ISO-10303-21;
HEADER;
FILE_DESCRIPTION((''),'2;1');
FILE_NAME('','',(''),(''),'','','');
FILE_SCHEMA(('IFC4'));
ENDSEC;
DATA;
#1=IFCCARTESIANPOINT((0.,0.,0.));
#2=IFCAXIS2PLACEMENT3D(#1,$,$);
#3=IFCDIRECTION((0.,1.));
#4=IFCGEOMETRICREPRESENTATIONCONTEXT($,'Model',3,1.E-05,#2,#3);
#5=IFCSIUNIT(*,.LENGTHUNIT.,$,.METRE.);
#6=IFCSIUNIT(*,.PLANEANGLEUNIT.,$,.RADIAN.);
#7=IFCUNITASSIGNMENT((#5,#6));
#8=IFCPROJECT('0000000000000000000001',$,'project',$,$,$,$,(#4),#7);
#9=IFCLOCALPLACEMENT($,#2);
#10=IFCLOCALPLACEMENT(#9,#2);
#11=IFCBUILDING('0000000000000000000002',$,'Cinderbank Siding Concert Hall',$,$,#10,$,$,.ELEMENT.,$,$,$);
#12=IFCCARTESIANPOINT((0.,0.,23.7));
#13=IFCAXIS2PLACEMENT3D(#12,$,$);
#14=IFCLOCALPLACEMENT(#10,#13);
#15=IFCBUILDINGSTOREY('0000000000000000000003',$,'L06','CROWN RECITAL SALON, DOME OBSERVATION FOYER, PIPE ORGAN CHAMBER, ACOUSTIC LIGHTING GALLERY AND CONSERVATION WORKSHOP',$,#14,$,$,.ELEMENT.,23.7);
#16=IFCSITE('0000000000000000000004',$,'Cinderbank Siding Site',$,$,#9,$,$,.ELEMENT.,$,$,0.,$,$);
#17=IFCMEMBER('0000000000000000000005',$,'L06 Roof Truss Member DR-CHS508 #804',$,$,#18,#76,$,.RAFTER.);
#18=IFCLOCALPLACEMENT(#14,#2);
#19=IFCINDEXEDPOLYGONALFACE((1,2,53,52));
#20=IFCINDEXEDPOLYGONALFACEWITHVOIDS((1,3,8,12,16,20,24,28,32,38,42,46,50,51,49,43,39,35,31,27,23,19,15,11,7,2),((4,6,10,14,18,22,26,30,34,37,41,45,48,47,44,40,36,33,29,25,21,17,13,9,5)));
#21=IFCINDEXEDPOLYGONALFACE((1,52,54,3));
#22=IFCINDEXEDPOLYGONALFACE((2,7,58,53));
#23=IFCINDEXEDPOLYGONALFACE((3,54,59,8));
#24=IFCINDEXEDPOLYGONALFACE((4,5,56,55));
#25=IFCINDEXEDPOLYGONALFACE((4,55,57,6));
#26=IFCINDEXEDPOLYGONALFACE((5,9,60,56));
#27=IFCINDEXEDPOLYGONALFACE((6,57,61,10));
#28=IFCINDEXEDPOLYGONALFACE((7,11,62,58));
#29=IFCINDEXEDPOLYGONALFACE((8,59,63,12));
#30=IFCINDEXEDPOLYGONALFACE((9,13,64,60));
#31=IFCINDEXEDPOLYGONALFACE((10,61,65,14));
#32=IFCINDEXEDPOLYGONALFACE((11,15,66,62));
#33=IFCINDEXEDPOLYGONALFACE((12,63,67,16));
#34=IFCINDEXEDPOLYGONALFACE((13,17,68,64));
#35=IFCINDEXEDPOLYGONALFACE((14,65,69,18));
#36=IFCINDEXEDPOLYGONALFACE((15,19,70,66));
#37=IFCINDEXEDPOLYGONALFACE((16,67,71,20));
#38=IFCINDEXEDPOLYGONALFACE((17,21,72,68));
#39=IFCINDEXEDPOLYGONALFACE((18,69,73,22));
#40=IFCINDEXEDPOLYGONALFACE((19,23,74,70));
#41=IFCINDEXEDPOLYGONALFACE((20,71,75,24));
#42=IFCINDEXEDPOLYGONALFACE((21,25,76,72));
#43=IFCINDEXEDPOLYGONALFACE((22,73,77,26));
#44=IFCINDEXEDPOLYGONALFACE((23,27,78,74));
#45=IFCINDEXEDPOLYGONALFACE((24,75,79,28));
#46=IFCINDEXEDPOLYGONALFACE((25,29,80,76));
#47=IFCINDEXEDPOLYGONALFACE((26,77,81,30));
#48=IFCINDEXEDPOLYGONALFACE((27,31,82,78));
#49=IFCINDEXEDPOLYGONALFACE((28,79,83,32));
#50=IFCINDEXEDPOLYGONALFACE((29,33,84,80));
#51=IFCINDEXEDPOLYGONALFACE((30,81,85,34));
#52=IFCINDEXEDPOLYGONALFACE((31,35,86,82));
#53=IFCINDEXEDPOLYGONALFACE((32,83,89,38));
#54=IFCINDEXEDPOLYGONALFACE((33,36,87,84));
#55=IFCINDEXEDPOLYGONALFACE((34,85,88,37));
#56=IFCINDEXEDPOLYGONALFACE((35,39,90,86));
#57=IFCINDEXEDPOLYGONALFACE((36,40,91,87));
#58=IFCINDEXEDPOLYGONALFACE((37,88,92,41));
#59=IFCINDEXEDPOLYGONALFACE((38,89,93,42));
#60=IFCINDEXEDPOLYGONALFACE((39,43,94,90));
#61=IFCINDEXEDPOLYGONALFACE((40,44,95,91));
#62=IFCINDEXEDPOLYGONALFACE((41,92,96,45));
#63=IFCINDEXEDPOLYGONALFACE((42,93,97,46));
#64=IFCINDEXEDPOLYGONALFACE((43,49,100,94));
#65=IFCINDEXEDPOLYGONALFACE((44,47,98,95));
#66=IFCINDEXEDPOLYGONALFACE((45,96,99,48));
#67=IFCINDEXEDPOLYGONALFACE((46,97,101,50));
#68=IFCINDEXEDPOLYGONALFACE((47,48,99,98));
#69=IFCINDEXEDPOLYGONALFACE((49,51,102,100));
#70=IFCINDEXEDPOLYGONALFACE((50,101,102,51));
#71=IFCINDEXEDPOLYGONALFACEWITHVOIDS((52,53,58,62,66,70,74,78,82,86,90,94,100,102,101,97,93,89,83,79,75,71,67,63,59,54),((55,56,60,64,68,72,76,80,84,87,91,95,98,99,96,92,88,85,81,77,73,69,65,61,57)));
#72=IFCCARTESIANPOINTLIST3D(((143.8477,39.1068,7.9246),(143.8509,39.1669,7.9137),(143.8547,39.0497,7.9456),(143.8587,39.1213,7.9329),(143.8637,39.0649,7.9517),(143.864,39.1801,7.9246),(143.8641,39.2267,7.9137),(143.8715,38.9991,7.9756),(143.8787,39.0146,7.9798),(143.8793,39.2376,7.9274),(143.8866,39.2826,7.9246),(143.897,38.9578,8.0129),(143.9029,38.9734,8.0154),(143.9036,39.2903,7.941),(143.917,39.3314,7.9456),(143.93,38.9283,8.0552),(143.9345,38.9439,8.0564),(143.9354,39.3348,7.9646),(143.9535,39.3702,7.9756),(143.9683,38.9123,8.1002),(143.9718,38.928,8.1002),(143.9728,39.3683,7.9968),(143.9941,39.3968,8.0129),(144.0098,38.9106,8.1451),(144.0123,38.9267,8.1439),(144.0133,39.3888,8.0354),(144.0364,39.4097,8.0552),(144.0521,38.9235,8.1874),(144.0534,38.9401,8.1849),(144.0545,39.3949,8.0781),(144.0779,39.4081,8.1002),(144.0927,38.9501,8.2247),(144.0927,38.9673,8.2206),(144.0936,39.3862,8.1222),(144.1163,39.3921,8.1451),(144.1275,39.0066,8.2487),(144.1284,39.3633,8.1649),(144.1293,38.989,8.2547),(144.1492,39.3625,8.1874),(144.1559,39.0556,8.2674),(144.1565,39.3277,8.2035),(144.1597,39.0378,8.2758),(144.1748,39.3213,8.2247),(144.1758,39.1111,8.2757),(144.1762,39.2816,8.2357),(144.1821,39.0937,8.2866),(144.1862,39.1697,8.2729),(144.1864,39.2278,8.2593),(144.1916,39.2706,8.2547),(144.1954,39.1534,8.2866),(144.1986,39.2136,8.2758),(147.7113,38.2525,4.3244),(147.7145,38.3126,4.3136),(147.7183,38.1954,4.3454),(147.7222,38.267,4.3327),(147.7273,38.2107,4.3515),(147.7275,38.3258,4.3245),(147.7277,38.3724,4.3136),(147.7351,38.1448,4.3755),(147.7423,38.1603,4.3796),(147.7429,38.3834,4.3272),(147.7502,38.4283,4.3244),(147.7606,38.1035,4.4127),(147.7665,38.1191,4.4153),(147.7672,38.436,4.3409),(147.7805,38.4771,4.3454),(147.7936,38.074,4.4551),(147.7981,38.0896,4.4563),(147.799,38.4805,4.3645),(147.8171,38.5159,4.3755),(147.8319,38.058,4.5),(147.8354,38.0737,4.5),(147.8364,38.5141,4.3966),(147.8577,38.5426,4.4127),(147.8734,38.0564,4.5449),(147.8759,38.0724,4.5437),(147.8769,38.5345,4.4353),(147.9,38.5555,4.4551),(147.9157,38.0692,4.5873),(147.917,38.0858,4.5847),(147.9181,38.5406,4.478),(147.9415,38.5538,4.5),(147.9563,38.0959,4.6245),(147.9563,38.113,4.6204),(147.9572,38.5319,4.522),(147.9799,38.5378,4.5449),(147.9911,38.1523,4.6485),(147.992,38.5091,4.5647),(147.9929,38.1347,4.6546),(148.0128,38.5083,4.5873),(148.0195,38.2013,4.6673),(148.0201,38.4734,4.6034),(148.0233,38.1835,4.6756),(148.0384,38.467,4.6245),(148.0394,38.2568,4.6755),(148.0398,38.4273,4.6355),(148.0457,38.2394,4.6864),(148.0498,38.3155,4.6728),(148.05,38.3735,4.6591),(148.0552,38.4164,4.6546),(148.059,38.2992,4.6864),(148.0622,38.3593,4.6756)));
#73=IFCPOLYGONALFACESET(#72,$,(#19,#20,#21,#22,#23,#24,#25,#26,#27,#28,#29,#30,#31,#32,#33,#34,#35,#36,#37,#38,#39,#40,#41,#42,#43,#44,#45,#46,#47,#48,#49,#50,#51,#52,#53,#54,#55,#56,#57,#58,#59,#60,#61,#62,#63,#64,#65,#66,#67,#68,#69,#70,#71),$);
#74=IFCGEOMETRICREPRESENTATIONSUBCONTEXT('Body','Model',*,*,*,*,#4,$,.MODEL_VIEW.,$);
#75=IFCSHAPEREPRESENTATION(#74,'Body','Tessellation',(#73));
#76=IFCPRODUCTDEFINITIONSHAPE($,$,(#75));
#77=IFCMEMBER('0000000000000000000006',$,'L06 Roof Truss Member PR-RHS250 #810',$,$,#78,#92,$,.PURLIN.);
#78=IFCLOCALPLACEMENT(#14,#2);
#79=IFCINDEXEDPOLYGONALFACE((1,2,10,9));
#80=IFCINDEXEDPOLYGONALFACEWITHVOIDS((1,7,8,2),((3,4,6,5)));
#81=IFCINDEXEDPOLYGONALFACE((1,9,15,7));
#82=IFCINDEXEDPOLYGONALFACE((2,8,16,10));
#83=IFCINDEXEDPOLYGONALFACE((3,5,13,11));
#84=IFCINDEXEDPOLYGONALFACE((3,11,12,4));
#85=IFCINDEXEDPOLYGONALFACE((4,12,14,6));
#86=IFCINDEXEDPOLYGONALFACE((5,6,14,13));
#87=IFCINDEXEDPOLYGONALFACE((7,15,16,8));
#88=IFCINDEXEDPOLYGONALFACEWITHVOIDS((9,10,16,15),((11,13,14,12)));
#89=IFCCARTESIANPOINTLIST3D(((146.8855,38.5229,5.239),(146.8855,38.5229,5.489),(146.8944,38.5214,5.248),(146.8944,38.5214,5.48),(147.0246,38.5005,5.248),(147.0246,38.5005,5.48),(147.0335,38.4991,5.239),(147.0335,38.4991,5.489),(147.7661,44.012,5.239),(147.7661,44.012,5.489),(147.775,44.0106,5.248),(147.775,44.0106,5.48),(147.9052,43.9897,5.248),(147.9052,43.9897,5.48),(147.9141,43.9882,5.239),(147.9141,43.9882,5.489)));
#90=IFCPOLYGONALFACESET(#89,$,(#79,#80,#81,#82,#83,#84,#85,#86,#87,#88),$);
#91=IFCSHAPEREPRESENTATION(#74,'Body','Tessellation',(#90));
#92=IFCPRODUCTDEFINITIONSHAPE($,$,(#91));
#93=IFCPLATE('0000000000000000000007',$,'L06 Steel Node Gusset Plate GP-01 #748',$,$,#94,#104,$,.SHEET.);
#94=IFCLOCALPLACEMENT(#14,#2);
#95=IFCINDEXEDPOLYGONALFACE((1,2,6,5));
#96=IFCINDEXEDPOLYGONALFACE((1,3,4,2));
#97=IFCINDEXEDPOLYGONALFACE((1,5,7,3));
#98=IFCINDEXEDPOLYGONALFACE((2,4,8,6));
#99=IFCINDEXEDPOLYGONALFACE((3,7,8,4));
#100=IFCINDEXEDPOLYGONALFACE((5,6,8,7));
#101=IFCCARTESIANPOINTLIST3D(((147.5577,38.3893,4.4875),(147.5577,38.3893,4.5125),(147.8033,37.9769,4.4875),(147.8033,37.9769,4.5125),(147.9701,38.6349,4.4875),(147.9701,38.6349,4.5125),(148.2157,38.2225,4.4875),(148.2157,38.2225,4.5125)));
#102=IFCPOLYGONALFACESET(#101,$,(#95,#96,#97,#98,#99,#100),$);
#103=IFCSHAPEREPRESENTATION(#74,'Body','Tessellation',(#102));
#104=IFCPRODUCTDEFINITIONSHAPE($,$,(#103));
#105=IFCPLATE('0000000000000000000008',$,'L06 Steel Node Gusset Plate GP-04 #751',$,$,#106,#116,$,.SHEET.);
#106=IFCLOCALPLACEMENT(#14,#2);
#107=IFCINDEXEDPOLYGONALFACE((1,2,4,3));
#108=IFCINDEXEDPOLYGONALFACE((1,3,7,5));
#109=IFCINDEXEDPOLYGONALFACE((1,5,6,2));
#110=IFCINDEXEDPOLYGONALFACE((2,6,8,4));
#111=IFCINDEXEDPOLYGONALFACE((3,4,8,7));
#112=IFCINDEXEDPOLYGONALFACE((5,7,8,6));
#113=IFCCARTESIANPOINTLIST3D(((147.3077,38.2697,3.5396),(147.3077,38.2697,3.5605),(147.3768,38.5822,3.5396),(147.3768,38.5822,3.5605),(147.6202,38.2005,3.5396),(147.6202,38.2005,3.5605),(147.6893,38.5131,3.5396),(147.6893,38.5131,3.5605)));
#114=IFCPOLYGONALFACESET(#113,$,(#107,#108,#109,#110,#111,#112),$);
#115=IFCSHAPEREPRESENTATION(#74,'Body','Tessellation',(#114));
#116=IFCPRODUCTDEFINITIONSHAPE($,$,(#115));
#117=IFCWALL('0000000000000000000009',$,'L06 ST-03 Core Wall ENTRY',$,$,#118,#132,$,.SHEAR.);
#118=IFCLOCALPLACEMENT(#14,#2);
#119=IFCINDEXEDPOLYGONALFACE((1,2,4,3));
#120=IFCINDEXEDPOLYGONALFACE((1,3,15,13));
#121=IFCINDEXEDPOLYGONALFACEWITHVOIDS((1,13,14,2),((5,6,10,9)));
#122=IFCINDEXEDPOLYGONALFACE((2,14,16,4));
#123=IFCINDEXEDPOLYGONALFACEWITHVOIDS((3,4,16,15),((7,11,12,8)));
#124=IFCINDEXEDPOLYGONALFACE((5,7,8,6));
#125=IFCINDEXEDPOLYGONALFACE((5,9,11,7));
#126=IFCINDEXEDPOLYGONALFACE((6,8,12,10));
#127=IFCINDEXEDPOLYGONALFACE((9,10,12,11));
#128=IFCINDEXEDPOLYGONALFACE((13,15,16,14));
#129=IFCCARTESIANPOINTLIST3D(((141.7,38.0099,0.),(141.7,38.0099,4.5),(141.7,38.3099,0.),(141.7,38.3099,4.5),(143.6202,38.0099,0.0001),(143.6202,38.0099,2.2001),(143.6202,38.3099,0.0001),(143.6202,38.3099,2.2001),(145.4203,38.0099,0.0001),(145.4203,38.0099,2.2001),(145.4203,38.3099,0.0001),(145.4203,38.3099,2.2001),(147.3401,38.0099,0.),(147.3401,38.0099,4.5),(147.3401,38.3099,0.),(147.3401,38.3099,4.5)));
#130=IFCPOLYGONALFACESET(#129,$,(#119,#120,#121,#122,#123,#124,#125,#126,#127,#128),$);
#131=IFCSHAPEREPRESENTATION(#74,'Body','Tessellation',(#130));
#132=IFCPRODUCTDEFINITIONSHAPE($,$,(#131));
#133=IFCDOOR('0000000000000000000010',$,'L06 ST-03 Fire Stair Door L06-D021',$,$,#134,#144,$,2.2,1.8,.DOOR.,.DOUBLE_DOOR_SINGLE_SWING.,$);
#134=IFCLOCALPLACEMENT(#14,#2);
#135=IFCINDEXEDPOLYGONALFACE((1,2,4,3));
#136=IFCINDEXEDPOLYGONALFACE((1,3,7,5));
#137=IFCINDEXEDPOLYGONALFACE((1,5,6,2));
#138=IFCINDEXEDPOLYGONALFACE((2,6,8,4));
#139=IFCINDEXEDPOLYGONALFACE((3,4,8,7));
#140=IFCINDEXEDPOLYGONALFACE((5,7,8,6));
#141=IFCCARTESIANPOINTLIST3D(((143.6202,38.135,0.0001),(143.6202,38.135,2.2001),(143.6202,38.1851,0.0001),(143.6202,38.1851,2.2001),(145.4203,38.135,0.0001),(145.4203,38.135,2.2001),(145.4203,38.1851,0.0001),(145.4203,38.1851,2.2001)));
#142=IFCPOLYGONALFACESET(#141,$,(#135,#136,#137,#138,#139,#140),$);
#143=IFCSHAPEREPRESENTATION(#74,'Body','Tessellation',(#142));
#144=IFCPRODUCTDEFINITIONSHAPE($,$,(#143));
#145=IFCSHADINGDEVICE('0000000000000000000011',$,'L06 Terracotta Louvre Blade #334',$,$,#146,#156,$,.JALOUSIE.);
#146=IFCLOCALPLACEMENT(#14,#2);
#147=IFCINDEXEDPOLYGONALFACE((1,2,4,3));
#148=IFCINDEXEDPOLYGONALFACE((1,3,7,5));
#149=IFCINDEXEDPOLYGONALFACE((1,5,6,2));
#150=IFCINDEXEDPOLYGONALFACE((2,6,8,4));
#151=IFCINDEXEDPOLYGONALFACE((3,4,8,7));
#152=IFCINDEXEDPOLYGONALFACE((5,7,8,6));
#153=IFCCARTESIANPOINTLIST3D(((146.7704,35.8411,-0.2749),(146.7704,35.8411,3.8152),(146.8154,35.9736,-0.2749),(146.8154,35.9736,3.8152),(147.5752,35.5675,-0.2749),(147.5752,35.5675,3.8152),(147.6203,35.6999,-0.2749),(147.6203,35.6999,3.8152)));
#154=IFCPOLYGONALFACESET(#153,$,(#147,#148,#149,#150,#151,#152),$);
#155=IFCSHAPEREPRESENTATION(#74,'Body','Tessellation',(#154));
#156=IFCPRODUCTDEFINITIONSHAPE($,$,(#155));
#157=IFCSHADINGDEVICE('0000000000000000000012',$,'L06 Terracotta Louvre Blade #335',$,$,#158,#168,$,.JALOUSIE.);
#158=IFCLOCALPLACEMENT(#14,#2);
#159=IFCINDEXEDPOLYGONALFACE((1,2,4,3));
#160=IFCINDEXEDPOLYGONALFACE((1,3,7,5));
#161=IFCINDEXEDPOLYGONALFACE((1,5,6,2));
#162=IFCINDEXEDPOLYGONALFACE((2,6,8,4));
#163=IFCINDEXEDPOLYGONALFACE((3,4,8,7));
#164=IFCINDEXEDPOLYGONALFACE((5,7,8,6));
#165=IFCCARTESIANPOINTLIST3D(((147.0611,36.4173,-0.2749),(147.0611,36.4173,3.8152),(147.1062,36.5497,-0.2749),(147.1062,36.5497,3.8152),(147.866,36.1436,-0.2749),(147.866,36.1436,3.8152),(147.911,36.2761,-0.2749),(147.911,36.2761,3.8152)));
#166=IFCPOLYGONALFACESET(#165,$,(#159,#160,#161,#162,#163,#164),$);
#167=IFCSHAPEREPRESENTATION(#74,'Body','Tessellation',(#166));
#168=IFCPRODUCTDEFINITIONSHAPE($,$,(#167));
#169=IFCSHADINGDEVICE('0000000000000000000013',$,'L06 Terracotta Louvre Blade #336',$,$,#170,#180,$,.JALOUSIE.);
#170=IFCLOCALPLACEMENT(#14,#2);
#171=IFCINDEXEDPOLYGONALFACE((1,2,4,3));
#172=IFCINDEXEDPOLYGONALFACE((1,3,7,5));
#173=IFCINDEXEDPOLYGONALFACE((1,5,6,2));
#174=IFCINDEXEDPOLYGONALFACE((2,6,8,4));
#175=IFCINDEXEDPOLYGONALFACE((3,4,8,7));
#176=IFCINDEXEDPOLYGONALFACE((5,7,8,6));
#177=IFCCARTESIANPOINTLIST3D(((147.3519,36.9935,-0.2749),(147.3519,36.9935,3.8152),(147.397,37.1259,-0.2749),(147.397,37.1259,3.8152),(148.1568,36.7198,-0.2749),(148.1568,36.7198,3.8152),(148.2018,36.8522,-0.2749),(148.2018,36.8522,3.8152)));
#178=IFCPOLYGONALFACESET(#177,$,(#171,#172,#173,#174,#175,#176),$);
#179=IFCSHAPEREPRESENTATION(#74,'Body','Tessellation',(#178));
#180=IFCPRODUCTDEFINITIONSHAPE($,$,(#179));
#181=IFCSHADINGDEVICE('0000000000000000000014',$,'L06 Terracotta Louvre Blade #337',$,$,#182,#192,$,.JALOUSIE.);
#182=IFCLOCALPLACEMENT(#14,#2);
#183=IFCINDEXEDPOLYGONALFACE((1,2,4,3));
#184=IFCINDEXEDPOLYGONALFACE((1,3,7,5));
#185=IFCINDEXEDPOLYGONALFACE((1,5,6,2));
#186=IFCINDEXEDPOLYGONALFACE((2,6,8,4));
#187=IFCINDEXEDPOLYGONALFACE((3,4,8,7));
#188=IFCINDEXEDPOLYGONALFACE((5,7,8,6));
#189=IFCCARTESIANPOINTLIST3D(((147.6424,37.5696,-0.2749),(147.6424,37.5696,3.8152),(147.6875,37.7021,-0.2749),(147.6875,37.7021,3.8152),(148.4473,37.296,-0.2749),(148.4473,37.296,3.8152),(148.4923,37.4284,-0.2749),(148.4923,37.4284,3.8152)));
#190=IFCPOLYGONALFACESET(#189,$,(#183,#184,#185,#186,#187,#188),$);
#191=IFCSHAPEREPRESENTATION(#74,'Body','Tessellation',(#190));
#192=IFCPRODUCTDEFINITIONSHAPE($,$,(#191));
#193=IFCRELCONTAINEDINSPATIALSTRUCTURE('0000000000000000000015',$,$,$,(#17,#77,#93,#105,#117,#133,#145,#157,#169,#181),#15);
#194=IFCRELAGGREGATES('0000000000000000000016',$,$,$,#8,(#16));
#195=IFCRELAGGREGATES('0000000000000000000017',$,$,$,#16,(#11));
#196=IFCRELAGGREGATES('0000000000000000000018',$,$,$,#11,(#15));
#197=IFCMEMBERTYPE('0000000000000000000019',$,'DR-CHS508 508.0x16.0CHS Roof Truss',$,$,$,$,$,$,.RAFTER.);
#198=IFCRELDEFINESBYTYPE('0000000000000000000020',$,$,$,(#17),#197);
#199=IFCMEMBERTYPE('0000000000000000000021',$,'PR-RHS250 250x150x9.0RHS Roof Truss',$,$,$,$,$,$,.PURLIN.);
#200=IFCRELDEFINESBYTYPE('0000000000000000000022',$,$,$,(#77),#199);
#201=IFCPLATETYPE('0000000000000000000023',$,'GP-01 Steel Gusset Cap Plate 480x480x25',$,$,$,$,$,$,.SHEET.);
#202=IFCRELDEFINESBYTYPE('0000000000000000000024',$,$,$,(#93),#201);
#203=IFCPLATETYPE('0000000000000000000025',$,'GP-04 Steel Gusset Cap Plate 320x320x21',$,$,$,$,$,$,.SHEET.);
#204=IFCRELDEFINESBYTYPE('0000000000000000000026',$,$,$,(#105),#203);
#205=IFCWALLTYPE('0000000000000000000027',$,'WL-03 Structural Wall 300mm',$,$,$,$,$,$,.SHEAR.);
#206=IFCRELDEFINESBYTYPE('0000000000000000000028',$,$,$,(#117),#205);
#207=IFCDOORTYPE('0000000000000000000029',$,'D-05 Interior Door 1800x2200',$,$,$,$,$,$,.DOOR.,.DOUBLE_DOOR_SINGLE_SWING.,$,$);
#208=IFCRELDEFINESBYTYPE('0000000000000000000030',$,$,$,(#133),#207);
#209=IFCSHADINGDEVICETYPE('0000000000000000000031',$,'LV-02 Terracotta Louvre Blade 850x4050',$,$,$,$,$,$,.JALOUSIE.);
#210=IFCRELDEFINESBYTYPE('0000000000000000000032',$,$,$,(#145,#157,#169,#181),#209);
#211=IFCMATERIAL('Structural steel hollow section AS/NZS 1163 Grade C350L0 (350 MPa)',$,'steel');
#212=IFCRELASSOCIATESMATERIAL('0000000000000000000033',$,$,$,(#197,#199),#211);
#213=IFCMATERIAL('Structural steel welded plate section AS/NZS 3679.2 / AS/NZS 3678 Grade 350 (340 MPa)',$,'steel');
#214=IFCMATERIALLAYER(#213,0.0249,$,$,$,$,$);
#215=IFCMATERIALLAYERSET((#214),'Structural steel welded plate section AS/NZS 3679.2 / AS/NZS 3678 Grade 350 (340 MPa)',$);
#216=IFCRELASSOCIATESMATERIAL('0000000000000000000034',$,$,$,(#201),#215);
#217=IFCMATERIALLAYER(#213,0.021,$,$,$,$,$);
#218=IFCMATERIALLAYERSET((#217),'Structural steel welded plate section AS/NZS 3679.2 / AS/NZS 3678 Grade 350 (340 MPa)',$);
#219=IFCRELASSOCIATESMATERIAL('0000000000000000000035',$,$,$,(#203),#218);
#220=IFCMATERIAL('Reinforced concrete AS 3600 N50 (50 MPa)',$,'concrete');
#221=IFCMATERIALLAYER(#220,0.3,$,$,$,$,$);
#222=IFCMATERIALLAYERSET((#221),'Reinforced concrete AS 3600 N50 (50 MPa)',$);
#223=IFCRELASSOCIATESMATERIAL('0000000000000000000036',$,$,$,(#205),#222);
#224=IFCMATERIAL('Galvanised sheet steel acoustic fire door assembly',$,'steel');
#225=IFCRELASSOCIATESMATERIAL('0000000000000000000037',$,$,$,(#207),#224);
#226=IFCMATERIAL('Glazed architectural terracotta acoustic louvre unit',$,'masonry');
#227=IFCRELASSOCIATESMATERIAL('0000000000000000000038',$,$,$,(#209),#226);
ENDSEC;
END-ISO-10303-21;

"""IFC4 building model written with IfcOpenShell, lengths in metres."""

from ifc_helpers import new_model, si_unit, direction, frame, frame_2d, origin, origin_2d, place, context, subcontext, project, spatial, rectangle, hollow_rectangle, hollow_circle, extrude, material, layer, layer_set, material_profile, profile_set, type_object, element, fill, save


model = new_model("IFC4")

# Units and contexts
model_context = context("Model", 3, precision=1e-05, world=origin(), true_north=direction((0.0, 1.0)))
body_context = subcontext(model_context, "Body", "Model", "MODEL_VIEW")
ifc_project = project(units=[si_unit("LENGTHUNIT", "METRE"), si_unit("PLANEANGLEUNIT", "RADIAN")], contexts=[model_context])

# Site, building, storey
site_placement = place(None, origin())
site = spatial("IfcSite", under=ifc_project, at=site_placement, Name="Cinderbank Siding Site", CompositionType="ELEMENT", RefElevation=0.0)
building_placement = place(site_placement, origin())
building = spatial("IfcBuilding", under=site, at=building_placement, Name="Cinderbank Siding Concert Hall", CompositionType="ELEMENT")
storey_placement = place(building_placement, frame((0.0, 0.0, 23.7)))
storey = spatial("IfcBuildingStorey", under=building, at=storey_placement, Name="L06", Description="CROWN RECITAL SALON, DOME OBSERVATION FOYER, PIPE ORGAN CHAMBER, ACOUSTIC LIGHTING GALLERY AND CONSERVATION WORKSHOP", CompositionType="ELEMENT", Elevation=23.7)

# Shared definitions
ifc_material_1 = material(Name="Reinforced concrete AS 3600 N50 (50 MPa)", Category="concrete")

# Members
ifc_material_2 = material(Name="Structural steel hollow section AS/NZS 1163 Grade C350L0 (350 MPa)", Category="steel")
ifc_material_profile_1 = material_profile(ifc_material_2, hollow_circle(Radius=0.2539, WallThickness=0.0161, at=origin_2d()), Name="508.0x16.0CHS", Category="LoadBearing")
ifc_profile_set_1 = profile_set([ifc_material_profile_1], Name="Structural steel hollow section AS/NZS 1163 Grade C350L0 (350 MPa)")
member_type_1 = type_object("IfcMemberType", Name="DR-CHS508 508.0x16.0CHS Roof Truss", PredefinedType="RAFTER", material=ifc_profile_set_1)
member_1_placement = place(storey_placement, frame((147.8867, 38.3059, 4.5), z_axis=(-0.72222, 0.159687, 0.672977), x_axis=(-0.215892, -0.976417, 0.0)))
element("IfcMember", 1, at=member_1_placement, inside=storey, type_object=member_type_1, Name="L06 Roof Truss Member DR-CHS508 #804", PredefinedType="RAFTER", context=body_context, shape_type="SweptSolid", body=[
    extrude(hollow_circle(Radius=0.2539, WallThickness=0.0161, at=origin_2d()), origin(), (0.0, 0.0, 1.0), 5.3496),
])
ifc_material_profile_2 = material_profile(ifc_material_2, hollow_rectangle(XDim=0.1499, YDim=0.25, WallThickness=0.009, at=origin_2d()), Name="250x150x9.0RHS", Category="LoadBearing")
ifc_profile_set_2 = profile_set([ifc_material_profile_2], Name="Structural steel hollow section AS/NZS 1163 Grade C350L0 (350 MPa)")
member_type_2 = type_object("IfcMemberType", Name="PR-RHS250 250x150x9.0RHS Roof Truss", PredefinedType="PURLIN", material=ifc_profile_set_2)
member_2_placement = place(storey_placement, frame((146.9595, 38.511, 5.364), z_axis=(0.158407, 0.987374, 0.0), x_axis=(-0.987374, 0.158407, 0.0)))
element("IfcMember", 2, at=member_2_placement, inside=storey, type_object=member_type_2, Name="L06 Roof Truss Member PR-RHS250 #810", PredefinedType="PURLIN", context=body_context, shape_type="SweptSolid", body=[
    extrude(hollow_rectangle(XDim=0.1499, YDim=0.25, WallThickness=0.009, at=origin_2d()), origin(), (0.0, 0.0, 1.0), 5.5593),
])

# Plates
ifc_material_3 = material(Name="Structural steel welded plate section AS/NZS 3679.2 / AS/NZS 3678 Grade 350 (340 MPa)", Category="steel")
ifc_layer_1 = layer(ifc_material_3, 0.0249)
ifc_layer_set_1 = layer_set([ifc_layer_1], Name="Structural steel welded plate section AS/NZS 3679.2 / AS/NZS 3678 Grade 350 (340 MPa)")
plate_type_1 = type_object("IfcPlateType", Name="GP-01 Steel Gusset Cap Plate 480x480x25", PredefinedType="SHEET", material=ifc_layer_set_1)
plate_1_placement = place(storey_placement, frame((147.8867, 38.3059, 4.4875), z_axis=(0.0, 0.0, 1.0), x_axis=(-0.859228, -0.511593, 0.0)))
element("IfcPlate", 3, at=plate_1_placement, inside=storey, type_object=plate_type_1, Name="L06 Steel Node Gusset Plate GP-01 #748", PredefinedType="SHEET", context=body_context, shape_type="SweptSolid", body=[
    extrude(rectangle(XDim=0.48, YDim=0.48, at=origin_2d()), origin(), (0.0, 0.0, 1.0), 0.0249),
])
ifc_layer_2 = layer(ifc_material_3, 0.021)
ifc_layer_set_2 = layer_set([ifc_layer_2], Name="Structural steel welded plate section AS/NZS 3679.2 / AS/NZS 3678 Grade 350 (340 MPa)")
plate_type_2 = type_object("IfcPlateType", Name="GP-04 Steel Gusset Cap Plate 320x320x21", PredefinedType="SHEET", material=ifc_layer_set_2)
plate_2_placement = place(storey_placement, frame((147.4985, 38.3914, 3.5396), z_axis=(0.0, 0.0, 1.0), x_axis=(-0.976409, 0.215928, 0.0)))
element("IfcPlate", 4, at=plate_2_placement, inside=storey, type_object=plate_type_2, Name="L06 Steel Node Gusset Plate GP-04 #751", PredefinedType="SHEET", context=body_context, shape_type="SweptSolid", body=[
    extrude(rectangle(XDim=0.3201, YDim=0.3201, at=origin_2d()), origin(), (0.0, 0.0, 1.0), 0.021),
])

# Wall, opening, door
ifc_layer_3 = layer(ifc_material_1, 0.3)
ifc_layer_set_3 = layer_set([ifc_layer_3], Name="Reinforced concrete AS 3600 N50 (50 MPa)")
wall_type = type_object("IfcWallType", Name="WL-03 Structural Wall 300mm", PredefinedType="SHEAR", material=ifc_layer_set_3)
wall_placement = place(storey_placement, frame((147.3401, 38.1599, 0.0), z_axis=(0.0, 0.0, 1.0), x_axis=(-1.0, 0.0, 0.0)))
wall = element("IfcWall", 5, at=wall_placement, inside=storey, type_object=wall_type, Name="L06 ST-03 Core Wall ENTRY", PredefinedType="SHEAR", context=body_context, shape_type="SweptSolid", body=[
    extrude(rectangle(XDim=5.6401, YDim=0.3, at=frame_2d((2.8201, 0.0))), origin(), (0.0, 0.0, 1.0), 4.5),
])
opening_placement = place(wall_placement, frame((1.9199, 0.0, 0.0)))
opening = element("IfcOpeningElement", 6, at=opening_placement, cuts=wall, PredefinedType="OPENING", context=body_context, shape_type="SweptSolid", body=[
    extrude(rectangle(XDim=1.8, YDim=2.2, at=frame_2d((0.8999, 1.1001))), frame((0.0, 0.1621, 0.0), z_axis=(0.0, -1.0, 0.0), x_axis=(1.0, 0.0, 0.0)), (0.0, 0.0, 1.0), 0.324),
])
ifc_material_4 = material(Name="Galvanised sheet steel acoustic fire door assembly", Category="steel")
door_type = type_object("IfcDoorType", Name="D-05 Interior Door 1800x2200", OperationType="DOUBLE_DOOR_SINGLE_SWING", PredefinedType="DOOR", material=ifc_material_4)
door_placement = place(opening_placement, origin())
door = element("IfcDoor", 7, at=door_placement, inside=storey, type_object=door_type, Name="L06 ST-03 Fire Stair Door L06-D021", OperationType="DOUBLE_DOOR_SINGLE_SWING", OverallHeight=2.2, OverallWidth=1.8, PredefinedType="DOOR", context=body_context, shape_type="SweptSolid", body=[
    extrude(rectangle(XDim=1.8, YDim=2.2, at=frame_2d((0.8999, 1.1001))), frame((0.0, 0.0249, 0.0), z_axis=(0.0, -1.0, 0.0), x_axis=(1.0, 0.0, 0.0)), (0.0, 0.0, 1.0), 0.05),
])
fill(opening, door)

# Shading devices
ifc_material_5 = material(Name="Glazed architectural terracotta acoustic louvre unit", Category="masonry")
shading_device_type = type_object("IfcShadingDeviceType", Name="LV-02 Terracotta Louvre Blade 850x4050", PredefinedType="JALOUSIE", material=ifc_material_5)
for number, where, z_axis, x_axis, name in (
    (8, (147.1953, 35.7705, -0.2749), (0.0, 0.0, 1.0), (0.946765, -0.321924, 0.0), "L06 Terracotta Louvre Blade #334"),
    (9, (147.4861, 36.3467, -0.2749), (0.0, 0.0, 1.0), (0.946765, -0.321924, 0.0), "L06 Terracotta Louvre Blade #335"),
    (10, (147.7769, 36.9229, -0.2749), (0.0, 0.0, 1.0), (0.946765, -0.321924, 0.0), "L06 Terracotta Louvre Blade #336"),
    (11, (148.0674, 37.499, -0.2749), (0.0, 0.0, 1.0), (0.946765, -0.321924, 0.0), "L06 Terracotta Louvre Blade #337"),
):
    element("IfcShadingDevice", number, at=place(storey_placement, frame(where, z_axis=z_axis, x_axis=x_axis)), inside=storey, type_object=shading_device_type, Name=name, PredefinedType="JALOUSIE", context=body_context, shape_type="SweptSolid", body=[
        extrude(rectangle(XDim=0.8501, YDim=0.1399, at=origin_2d()), origin(), (0.0, 0.0, 1.0), 4.0901),
    ])

save(model, "model.ifc")
